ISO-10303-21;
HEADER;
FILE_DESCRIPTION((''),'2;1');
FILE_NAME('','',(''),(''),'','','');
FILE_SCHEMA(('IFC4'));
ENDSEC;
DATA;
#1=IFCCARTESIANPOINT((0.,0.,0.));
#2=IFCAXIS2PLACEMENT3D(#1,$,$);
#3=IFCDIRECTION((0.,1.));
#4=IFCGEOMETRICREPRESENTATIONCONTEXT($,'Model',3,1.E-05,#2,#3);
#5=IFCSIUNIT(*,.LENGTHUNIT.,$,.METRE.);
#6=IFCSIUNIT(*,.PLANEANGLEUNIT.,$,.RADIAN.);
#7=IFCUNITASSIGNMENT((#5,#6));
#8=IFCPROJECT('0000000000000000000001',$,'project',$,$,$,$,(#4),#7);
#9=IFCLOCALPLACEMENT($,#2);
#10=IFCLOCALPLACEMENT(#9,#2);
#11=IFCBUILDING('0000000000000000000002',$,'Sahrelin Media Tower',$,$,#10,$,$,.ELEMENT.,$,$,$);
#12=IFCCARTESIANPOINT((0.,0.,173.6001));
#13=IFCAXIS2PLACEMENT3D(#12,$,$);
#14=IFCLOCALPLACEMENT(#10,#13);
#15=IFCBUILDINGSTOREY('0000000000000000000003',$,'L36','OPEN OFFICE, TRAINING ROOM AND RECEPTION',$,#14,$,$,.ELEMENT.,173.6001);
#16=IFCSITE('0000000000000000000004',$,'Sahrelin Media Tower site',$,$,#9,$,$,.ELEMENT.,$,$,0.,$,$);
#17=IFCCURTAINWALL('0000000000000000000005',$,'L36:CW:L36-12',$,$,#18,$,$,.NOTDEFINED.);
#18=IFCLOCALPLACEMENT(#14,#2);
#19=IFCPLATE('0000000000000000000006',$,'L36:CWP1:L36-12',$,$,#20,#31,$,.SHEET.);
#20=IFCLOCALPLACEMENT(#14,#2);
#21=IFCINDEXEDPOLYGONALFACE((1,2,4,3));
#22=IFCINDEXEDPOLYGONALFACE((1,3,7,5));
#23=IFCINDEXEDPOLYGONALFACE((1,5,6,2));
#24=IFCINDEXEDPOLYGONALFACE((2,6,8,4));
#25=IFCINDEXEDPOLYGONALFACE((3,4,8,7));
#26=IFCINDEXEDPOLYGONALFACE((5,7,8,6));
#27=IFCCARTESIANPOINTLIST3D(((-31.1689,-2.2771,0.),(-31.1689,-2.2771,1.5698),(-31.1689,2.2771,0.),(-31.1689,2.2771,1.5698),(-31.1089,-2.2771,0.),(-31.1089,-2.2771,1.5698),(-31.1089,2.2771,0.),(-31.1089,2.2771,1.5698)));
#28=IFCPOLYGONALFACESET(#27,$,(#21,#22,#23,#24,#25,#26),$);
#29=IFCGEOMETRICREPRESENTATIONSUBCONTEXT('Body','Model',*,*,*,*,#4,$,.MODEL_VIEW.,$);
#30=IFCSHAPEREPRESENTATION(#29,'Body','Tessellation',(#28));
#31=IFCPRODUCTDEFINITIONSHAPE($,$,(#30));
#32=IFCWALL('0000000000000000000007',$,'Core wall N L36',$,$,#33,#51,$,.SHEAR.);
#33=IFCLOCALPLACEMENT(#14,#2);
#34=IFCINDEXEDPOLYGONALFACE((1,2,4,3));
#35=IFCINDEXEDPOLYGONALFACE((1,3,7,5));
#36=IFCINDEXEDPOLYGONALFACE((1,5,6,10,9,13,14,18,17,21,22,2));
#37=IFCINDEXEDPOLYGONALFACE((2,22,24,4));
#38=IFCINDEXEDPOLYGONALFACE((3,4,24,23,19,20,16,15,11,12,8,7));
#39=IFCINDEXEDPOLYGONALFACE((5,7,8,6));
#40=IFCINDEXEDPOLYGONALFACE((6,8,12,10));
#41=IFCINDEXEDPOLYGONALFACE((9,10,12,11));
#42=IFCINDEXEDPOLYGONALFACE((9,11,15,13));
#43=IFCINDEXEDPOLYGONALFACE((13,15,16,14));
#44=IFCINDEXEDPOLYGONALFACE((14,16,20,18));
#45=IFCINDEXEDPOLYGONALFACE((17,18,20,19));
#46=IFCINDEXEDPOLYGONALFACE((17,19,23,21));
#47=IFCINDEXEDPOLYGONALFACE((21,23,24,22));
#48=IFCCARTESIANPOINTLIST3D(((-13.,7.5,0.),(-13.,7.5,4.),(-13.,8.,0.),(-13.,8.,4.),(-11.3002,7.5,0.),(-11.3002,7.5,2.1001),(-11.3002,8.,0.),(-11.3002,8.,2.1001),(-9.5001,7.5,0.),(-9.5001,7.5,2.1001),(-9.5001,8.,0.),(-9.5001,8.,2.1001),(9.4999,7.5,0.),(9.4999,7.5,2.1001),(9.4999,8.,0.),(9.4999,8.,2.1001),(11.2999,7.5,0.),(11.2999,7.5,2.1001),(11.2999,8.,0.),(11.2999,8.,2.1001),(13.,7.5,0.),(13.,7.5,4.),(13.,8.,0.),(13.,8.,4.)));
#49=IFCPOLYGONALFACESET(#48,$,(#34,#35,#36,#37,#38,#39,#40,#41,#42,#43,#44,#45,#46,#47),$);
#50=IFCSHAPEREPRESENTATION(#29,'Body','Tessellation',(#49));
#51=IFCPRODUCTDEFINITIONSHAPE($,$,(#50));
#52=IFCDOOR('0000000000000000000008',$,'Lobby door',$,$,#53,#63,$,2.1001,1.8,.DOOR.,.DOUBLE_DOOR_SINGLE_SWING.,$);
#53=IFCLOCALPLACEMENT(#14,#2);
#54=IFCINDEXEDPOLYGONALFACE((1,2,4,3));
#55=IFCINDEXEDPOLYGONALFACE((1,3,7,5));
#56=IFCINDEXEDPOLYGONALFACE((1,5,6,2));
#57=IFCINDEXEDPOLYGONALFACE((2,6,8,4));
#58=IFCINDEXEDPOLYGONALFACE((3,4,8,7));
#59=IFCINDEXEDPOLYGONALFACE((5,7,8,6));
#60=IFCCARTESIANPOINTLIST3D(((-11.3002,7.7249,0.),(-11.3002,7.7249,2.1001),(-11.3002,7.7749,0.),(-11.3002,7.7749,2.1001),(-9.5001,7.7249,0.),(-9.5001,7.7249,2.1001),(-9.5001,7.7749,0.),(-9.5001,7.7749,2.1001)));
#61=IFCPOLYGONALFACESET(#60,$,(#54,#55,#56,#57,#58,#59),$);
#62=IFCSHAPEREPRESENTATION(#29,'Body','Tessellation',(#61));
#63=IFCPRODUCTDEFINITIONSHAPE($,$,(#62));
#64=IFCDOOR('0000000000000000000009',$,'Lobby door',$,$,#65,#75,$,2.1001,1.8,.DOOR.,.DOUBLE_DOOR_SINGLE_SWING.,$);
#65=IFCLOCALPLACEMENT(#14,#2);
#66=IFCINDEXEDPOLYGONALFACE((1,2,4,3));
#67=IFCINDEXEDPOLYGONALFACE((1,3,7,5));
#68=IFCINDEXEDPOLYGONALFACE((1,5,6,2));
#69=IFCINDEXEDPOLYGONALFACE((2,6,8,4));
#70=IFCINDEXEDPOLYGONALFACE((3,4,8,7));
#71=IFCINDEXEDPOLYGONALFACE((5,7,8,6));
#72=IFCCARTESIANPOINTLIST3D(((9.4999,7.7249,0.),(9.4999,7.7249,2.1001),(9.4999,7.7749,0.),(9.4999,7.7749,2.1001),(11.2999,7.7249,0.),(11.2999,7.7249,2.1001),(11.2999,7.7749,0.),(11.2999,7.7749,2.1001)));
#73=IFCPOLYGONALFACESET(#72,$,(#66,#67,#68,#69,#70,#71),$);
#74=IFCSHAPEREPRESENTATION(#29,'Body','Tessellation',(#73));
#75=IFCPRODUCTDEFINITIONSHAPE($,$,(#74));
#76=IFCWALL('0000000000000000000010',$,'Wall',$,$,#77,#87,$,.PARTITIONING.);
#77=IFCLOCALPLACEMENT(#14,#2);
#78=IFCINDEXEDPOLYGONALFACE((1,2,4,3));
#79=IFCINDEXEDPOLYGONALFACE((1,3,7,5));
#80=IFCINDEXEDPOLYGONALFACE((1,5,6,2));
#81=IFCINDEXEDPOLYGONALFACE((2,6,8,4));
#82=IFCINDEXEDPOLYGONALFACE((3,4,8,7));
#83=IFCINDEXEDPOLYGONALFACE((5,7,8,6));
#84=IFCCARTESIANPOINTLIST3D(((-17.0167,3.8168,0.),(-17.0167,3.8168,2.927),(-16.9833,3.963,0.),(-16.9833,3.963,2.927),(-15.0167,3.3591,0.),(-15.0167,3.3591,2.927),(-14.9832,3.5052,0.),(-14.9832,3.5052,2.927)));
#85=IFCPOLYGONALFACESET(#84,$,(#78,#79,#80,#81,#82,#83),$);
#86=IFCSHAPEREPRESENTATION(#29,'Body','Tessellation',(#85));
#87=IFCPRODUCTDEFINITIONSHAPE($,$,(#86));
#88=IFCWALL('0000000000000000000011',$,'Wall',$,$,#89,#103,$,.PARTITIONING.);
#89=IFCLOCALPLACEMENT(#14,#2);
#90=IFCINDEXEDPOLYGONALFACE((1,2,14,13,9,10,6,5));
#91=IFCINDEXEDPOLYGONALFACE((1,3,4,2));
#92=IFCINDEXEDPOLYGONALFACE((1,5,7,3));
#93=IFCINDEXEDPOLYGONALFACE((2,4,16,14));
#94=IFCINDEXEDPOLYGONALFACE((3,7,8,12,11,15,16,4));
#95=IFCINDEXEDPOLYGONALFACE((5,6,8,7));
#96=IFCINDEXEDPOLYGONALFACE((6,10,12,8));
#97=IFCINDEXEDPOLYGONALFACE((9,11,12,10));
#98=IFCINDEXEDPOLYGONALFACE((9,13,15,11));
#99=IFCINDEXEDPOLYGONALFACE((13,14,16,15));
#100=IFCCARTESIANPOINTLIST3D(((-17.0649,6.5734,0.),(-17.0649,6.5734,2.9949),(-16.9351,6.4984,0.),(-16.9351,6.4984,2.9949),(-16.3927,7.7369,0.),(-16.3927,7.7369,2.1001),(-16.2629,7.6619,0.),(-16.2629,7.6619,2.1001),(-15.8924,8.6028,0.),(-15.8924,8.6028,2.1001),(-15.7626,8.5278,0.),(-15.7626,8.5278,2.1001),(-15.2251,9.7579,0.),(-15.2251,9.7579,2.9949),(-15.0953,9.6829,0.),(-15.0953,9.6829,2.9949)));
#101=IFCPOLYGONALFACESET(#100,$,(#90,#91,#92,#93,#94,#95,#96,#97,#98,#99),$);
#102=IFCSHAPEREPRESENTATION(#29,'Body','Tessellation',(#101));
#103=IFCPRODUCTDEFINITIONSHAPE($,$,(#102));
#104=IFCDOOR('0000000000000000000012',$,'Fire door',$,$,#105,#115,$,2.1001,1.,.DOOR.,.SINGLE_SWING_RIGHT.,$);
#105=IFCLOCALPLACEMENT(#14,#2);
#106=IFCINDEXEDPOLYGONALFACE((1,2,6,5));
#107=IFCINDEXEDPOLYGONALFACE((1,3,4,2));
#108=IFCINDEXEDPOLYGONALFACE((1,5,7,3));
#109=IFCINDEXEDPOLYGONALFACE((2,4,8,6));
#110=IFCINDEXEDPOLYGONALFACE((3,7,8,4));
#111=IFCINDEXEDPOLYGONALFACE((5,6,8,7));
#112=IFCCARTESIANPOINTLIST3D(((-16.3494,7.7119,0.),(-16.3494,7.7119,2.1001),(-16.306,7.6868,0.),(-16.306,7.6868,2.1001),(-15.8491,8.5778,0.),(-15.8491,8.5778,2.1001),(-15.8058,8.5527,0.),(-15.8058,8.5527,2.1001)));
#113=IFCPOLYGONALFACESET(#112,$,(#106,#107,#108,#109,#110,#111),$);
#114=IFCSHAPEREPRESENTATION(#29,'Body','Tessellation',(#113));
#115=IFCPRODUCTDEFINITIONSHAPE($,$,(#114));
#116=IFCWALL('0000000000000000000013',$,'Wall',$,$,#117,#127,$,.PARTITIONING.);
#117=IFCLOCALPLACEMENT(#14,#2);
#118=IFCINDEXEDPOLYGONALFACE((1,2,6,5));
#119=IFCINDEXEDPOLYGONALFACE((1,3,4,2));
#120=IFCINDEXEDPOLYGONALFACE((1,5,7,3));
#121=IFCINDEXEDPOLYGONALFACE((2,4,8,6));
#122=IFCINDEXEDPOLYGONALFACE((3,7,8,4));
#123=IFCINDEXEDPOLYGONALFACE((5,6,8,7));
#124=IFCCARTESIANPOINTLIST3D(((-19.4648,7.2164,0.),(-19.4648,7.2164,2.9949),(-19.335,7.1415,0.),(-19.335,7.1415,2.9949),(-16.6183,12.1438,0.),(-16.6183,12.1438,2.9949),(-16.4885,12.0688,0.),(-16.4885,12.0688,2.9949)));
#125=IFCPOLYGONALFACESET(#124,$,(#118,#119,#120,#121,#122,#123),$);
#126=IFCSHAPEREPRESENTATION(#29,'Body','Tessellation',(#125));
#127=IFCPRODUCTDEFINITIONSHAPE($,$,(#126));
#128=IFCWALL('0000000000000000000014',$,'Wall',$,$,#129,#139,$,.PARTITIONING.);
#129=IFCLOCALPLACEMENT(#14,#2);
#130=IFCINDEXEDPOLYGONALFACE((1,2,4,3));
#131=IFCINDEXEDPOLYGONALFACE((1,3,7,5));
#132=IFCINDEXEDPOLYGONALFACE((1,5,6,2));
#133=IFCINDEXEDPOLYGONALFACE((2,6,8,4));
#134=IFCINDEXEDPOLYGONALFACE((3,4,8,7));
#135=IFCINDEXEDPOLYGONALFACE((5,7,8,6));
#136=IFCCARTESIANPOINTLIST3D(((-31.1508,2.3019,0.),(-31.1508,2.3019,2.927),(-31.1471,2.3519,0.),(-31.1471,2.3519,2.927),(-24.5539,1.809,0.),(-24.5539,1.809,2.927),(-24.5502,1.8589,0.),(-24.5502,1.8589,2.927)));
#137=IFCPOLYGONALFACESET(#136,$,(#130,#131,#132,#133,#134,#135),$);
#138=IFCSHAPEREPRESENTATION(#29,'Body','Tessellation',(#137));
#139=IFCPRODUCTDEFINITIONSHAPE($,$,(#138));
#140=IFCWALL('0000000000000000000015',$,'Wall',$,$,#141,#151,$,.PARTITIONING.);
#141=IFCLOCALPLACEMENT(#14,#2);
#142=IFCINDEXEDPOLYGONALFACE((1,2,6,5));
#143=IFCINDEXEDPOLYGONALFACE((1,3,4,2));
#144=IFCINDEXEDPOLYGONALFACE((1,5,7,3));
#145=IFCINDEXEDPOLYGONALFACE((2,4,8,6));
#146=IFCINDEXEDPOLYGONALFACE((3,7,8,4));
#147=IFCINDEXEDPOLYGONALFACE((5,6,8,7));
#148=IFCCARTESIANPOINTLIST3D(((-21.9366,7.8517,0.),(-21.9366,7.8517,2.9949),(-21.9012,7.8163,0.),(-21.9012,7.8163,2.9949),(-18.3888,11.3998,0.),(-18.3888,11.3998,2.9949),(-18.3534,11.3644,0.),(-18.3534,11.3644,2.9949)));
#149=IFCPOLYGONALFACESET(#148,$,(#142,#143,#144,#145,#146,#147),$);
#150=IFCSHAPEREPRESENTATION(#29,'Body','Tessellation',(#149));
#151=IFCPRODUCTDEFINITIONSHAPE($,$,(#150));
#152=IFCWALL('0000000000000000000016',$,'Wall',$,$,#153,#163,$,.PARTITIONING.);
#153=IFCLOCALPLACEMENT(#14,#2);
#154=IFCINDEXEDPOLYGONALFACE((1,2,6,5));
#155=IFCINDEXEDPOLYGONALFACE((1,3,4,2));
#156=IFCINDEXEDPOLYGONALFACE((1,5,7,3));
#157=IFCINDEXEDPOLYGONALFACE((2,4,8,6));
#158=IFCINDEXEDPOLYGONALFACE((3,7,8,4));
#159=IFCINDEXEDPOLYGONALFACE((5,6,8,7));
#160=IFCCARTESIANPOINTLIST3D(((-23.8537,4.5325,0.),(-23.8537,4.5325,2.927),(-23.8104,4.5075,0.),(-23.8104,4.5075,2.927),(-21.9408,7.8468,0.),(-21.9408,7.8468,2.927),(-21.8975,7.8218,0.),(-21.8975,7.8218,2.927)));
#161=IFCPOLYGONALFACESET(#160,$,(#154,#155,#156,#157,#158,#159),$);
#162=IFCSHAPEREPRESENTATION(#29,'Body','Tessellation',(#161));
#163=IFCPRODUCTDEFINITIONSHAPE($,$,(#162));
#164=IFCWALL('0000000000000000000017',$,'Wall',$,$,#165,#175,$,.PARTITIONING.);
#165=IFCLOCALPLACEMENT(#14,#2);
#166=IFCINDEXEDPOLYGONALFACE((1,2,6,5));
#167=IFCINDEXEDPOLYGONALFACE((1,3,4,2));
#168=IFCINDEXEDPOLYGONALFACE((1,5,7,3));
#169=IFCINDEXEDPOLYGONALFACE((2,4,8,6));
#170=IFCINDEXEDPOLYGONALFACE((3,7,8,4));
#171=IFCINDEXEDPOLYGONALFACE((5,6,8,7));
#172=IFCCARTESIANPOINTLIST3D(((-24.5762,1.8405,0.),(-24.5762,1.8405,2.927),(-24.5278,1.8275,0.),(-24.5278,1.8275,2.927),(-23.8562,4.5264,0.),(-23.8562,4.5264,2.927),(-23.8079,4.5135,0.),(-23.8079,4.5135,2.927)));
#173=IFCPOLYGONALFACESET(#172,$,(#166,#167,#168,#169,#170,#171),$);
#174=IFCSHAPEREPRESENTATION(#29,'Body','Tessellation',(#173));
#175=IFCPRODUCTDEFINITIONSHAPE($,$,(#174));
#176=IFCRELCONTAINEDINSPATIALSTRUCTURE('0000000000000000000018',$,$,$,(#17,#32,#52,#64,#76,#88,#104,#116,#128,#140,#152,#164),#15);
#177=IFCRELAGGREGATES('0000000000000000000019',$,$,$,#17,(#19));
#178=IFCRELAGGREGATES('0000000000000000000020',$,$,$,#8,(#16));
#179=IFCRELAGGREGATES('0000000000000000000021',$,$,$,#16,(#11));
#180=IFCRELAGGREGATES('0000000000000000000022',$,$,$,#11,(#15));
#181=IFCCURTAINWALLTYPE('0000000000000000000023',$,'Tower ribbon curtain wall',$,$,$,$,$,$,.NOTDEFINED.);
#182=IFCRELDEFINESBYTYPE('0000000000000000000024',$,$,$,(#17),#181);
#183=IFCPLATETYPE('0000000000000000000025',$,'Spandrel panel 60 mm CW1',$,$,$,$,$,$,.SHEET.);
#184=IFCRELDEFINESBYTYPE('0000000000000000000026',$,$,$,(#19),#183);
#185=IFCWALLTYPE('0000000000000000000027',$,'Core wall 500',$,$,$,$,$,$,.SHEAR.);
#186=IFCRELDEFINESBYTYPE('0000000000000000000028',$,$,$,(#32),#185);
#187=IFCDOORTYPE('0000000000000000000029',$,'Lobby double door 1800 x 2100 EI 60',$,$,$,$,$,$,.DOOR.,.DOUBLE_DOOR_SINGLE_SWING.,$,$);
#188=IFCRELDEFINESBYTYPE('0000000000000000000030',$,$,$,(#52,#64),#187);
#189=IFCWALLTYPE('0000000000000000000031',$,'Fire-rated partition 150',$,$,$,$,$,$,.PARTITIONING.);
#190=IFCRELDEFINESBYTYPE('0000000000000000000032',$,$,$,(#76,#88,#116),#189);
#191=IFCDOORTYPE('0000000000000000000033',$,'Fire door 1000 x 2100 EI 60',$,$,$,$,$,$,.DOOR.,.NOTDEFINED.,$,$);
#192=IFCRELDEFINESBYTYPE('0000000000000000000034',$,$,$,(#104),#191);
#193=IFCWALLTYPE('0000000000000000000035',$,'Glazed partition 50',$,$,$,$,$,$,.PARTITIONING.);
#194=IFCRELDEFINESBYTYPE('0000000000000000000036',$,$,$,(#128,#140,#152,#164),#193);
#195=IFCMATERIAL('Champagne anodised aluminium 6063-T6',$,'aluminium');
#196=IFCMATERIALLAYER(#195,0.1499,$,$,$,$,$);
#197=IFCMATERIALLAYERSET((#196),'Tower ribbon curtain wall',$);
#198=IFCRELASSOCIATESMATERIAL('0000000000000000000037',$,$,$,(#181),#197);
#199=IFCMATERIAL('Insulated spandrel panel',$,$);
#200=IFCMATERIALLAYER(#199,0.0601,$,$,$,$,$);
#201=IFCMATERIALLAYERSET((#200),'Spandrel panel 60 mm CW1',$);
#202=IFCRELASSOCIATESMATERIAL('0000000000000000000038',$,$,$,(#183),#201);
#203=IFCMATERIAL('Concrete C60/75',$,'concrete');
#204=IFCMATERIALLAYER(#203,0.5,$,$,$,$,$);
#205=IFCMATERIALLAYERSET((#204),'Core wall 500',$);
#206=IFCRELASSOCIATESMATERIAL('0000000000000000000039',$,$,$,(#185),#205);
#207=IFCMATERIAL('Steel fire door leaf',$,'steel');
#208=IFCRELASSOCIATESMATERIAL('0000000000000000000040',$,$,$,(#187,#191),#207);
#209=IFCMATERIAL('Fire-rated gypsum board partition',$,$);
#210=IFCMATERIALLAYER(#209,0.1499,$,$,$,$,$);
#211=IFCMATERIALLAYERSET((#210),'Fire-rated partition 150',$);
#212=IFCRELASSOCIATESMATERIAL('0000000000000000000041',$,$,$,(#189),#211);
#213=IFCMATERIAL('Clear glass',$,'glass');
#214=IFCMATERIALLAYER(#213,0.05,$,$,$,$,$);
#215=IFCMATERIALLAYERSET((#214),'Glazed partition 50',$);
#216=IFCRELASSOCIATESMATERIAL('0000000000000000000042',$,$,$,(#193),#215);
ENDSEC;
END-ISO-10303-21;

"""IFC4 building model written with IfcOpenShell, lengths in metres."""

from ifc_helpers import new_model, si_unit, direction, frame, frame_2d, origin, place, context, subcontext, project, spatial, polyline, rectangle, outline, extrude, material, layer, layer_set, type_object, element, fill, aggregate, save


model = new_model("IFC4")

# Units and contexts
model_context = context("Model", 3, precision=1e-05, world=origin(), true_north=direction((0.0, 1.0)))
body_context = subcontext(model_context, "Body", "Model", "MODEL_VIEW")
ifc_project = project(units=[si_unit("LENGTHUNIT", "METRE"), si_unit("PLANEANGLEUNIT", "RADIAN")], contexts=[model_context])

# Site, building, storey
site_placement = place(None, origin())
site = spatial("IfcSite", under=ifc_project, at=site_placement, Name="Sahrelin Media Tower site", CompositionType="ELEMENT", RefElevation=0.0)
building_placement = place(site_placement, origin())
building = spatial("IfcBuilding", under=site, at=building_placement, Name="Sahrelin Media Tower", CompositionType="ELEMENT")
storey_placement = place(building_placement, frame((0.0, 0.0, 173.6001)))
storey = spatial("IfcBuildingStorey", under=building, at=storey_placement, Name="L36", Description="OPEN OFFICE, TRAINING ROOM AND RECEPTION", CompositionType="ELEMENT", Elevation=173.6001)

# Curtain wall
ifc_material_1 = material(Name="Champagne anodised aluminium 6063-T6", Category="aluminium")
ifc_layer_1 = layer(ifc_material_1, 0.1499)
ifc_layer_set_1 = layer_set([ifc_layer_1], Name="Tower ribbon curtain wall")
curtain_wall_type = type_object("IfcCurtainWallType", Name="Tower ribbon curtain wall", PredefinedType="NOTDEFINED", material=ifc_layer_set_1)
curtain_wall_placement = place(storey_placement, frame((-31.1489, 0.0, 0.0), z_axis=(0.0, 0.0, 1.0), x_axis=(1.0, 0.0, 0.0)))
curtain_wall = element("IfcCurtainWall", 1, at=curtain_wall_placement, inside=storey, type_object=curtain_wall_type, Name="L36:CW:L36-12", PredefinedType="NOTDEFINED")

# Plate
ifc_material_2 = material(Name="Insulated spandrel panel")
ifc_layer_2 = layer(ifc_material_2, 0.0601)
ifc_layer_set_2 = layer_set([ifc_layer_2], Name="Spandrel panel 60 mm CW1")
plate_type_1 = type_object("IfcPlateType", Name="Spandrel panel 60 mm CW1", PredefinedType="SHEET", material=ifc_layer_set_2)
plate_1_placement = place(storey_placement, frame((-31.1689, 2.2771, 0.0), z_axis=(-1.0, 0.0, 0.0), x_axis=(0.0, -1.0, 0.0)))
plate_1 = element("IfcPlate", 2, at=plate_1_placement, type_object=plate_type_1, Name="L36:CWP1:L36-12", PredefinedType="SHEET", context=body_context, shape_type="SweptSolid", body=[
    extrude(outline(polyline([(0.0, 0.0), (4.5542, 0.0), (4.5542, 1.5698), (0.0, 1.5698), (0.0, 0.0)])), origin(), (0.0, 0.0, -1.0), 0.0601),
])
aggregate(curtain_wall, [plate_1])

# Wall, openings, doors
ifc_material_3 = material(Name="Concrete C60/75", Category="concrete")
ifc_layer_3 = layer(ifc_material_3, 0.5)
ifc_layer_set_3 = layer_set([ifc_layer_3], Name="Core wall 500")
wall_type_1 = type_object("IfcWallType", Name="Core wall 500", PredefinedType="SHEAR", material=ifc_layer_set_3)
wall_1_placement = place(storey_placement, frame((-13.0, 7.75, 0.0), z_axis=(0.0, 0.0, 1.0), x_axis=(1.0, 0.0, 0.0)))
wall_1 = element("IfcWall", 3, at=wall_1_placement, inside=storey, type_object=wall_type_1, Name="Core wall N L36", PredefinedType="SHEAR", context=body_context, shape_type="SweptSolid", body=[
    extrude(rectangle(XDim=26.0, YDim=0.5, at=frame_2d((13.0, 0.0))), origin(), (0.0, 0.0, 1.0), 4.0),
])
opening_1_placement = place(wall_1_placement, frame((1.7, 0.0, 0.0)))
opening_1 = element("IfcOpeningElement", 4, at=opening_1_placement, cuts=wall_1, PredefinedType="OPENING", context=body_context, shape_type="SweptSolid", body=[
    extrude(rectangle(XDim=1.8, YDim=2.1001, at=frame_2d((0.8999, 1.05))), frame((0.0, 0.25, 0.0), z_axis=(0.0, -1.0, 0.0), x_axis=(1.0, 0.0, 0.0)), (0.0, 0.0, 1.0), 0.5),
])
opening_2_placement = place(wall_1_placement, frame((22.5, 0.0, 0.0)))
opening_2 = element("IfcOpeningElement", 5, at=opening_2_placement, cuts=wall_1, PredefinedType="OPENING", context=body_context, shape_type="SweptSolid", body=[
    extrude(rectangle(XDim=1.8, YDim=2.1001, at=frame_2d((0.8999, 1.05))), frame((0.0, 0.25, 0.0), z_axis=(0.0, -1.0, 0.0), x_axis=(1.0, 0.0, 0.0)), (0.0, 0.0, 1.0), 0.5),
])
ifc_material_4 = material(Name="Steel fire door leaf", Category="steel")
door_type_1 = type_object("IfcDoorType", Name="Lobby double door 1800 x 2100 EI 60", OperationType="DOUBLE_DOOR_SINGLE_SWING", PredefinedType="DOOR", material=ifc_material_4)
door_1_placement = place(opening_1_placement, origin())
door_1 = element("IfcDoor", 6, at=door_1_placement, inside=storey, type_object=door_type_1, Name="Lobby door", OperationType="DOUBLE_DOOR_SINGLE_SWING", OverallHeight=2.1001, OverallWidth=1.8, PredefinedType="DOOR", context=body_context, shape_type="SweptSolid", body=[
    extrude(rectangle(XDim=1.8, YDim=2.1001, at=frame_2d((0.8999, 1.05))), frame((0.0, 0.0249, 0.0), z_axis=(0.0, -1.0, 0.0), x_axis=(1.0, 0.0, 0.0)), (0.0, 0.0, 1.0), 0.05),
])
fill(opening_1, door_1)
door_2_placement = place(opening_2_placement, origin())
door_2 = element("IfcDoor", 7, at=door_2_placement, inside=storey, type_object=door_type_1, Name="Lobby door", OperationType="DOUBLE_DOOR_SINGLE_SWING", OverallHeight=2.1001, OverallWidth=1.8, PredefinedType="DOOR", context=body_context, shape_type="SweptSolid", body=[
    extrude(rectangle(XDim=1.8, YDim=2.1001, at=frame_2d((0.8999, 1.05))), frame((0.0, 0.0249, 0.0), z_axis=(0.0, -1.0, 0.0), x_axis=(1.0, 0.0, 0.0)), (0.0, 0.0, 1.0), 0.05),
])
fill(opening_2, door_2)

# Wall
ifc_material_5 = material(Name="Fire-rated gypsum board partition")
ifc_layer_4 = layer(ifc_material_5, 0.1499)
ifc_layer_set_4 = layer_set([ifc_layer_4], Name="Fire-rated partition 150")
wall_type_2 = type_object("IfcWallType", Name="Fire-rated partition 150", PredefinedType="PARTITIONING", material=ifc_layer_set_4)
wall_2_placement = place(storey_placement, frame((-17.0, 3.8899, 0.0), z_axis=(0.0, 0.0, 1.0), x_axis=(0.974793, -0.223112, 0.0)))
element("IfcWall", 8, at=wall_2_placement, inside=storey, type_object=wall_type_2, Name="Wall", PredefinedType="PARTITIONING", context=body_context, shape_type="SweptSolid", body=[
    extrude(rectangle(XDim=2.0518, YDim=0.1499, at=frame_2d((1.0259, 0.0))), origin(), (0.0, 0.0, 1.0), 2.927),
])

# Wall, opening, door
wall_3_placement = place(storey_placement, frame((-17.0, 6.5359, 0.0), z_axis=(0.0, 0.0, 1.0), x_axis=(0.500251, 0.86588, 0.0)))
wall_3 = element("IfcWall", 9, at=wall_3_placement, inside=storey, type_object=wall_type_2, Name="Wall", PredefinedType="PARTITIONING", context=body_context, shape_type="SweptSolid", body=[
    extrude(rectangle(XDim=3.6777, YDim=0.1499, at=frame_2d((1.8389, 0.0))), origin(), (0.0, 0.0, 1.0), 2.9949),
])
opening_3_placement = place(wall_3_placement, frame((1.3438, 0.0, 0.0)))
opening_3 = element("IfcOpeningElement", 10, at=opening_3_placement, cuts=wall_3, PredefinedType="OPENING", context=body_context, shape_type="SweptSolid", body=[
    extrude(rectangle(XDim=1.0, YDim=2.1001, at=frame_2d((0.5, 1.05))), frame((0.0, 0.075, 0.0), z_axis=(0.0, -1.0, 0.0), x_axis=(1.0, 0.0, 0.0)), (0.0, 0.0, 1.0), 0.1499),
])
door_type_2 = type_object("IfcDoorType", Name="Fire door 1000 x 2100 EI 60", OperationType="NOTDEFINED", PredefinedType="DOOR", material=ifc_material_4)
door_3_placement = place(opening_3_placement, origin())
door_3 = element("IfcDoor", 11, at=door_3_placement, inside=storey, type_object=door_type_2, Name="Fire door", OperationType="SINGLE_SWING_RIGHT", OverallHeight=2.1001, OverallWidth=1.0, PredefinedType="DOOR", context=body_context, shape_type="SweptSolid", body=[
    extrude(rectangle(XDim=1.0, YDim=2.1001, at=frame_2d((0.5, 1.05))), frame((0.0, 0.0249, 0.0), z_axis=(0.0, -1.0, 0.0), x_axis=(1.0, 0.0, 0.0)), (0.0, 0.0, 1.0), 0.05),
])
fill(opening_3, door_3)

# Walls
wall_4_placement = place(storey_placement, frame((-19.3999, 7.179, 0.0), z_axis=(0.0, 0.0, 1.0), x_axis=(0.500223, 0.865897, 0.0)))
element("IfcWall", 12, at=wall_4_placement, inside=storey, type_object=wall_type_2, Name="Wall", PredefinedType="PARTITIONING", context=body_context, shape_type="SweptSolid", body=[
    extrude(rectangle(XDim=5.6904, YDim=0.1499, at=frame_2d((2.8452, 0.0))), origin(), (0.0, 0.0, 1.0), 2.9949),
])
ifc_material_6 = material(Name="Clear glass", Category="glass")
ifc_layer_5 = layer(ifc_material_6, 0.05)
ifc_layer_set_5 = layer_set([ifc_layer_5], Name="Glazed partition 50")
wall_type_3 = type_object("IfcWallType", Name="Glazed partition 50", PredefinedType="PARTITIONING", material=ifc_layer_set_5)
wall_5_placement = place(storey_placement, frame((-31.1489, 2.3269, 0.0), z_axis=(0.0, 0.0, 1.0), x_axis=(0.99722, -0.074512, 0.0)))
element("IfcWall", 13, at=wall_5_placement, inside=storey, type_object=wall_type_3, Name="Wall", PredefinedType="PARTITIONING", context=body_context, shape_type="SweptSolid", body=[
    extrude(rectangle(XDim=6.6152, YDim=0.05, at=frame_2d((3.3076, 0.0))), origin(), (0.0, 0.0, 1.0), 2.927),
])
wall_6_placement = place(storey_placement, frame((-21.9189, 7.834, 0.0), z_axis=(0.0, 0.0, 1.0), x_axis=(0.707082, 0.707131, 0.0)))
element("IfcWall", 14, at=wall_6_placement, inside=storey, type_object=wall_type_3, Name="Wall", PredefinedType="PARTITIONING", context=body_context, shape_type="SweptSolid", body=[
    extrude(rectangle(XDim=5.0176, YDim=0.05, at=frame_2d((2.5088, 0.0))), origin(), (0.0, 0.0, 1.0), 2.9949),
])
wall_7_placement = place(storey_placement, frame((-23.832, 4.52, 0.0), z_axis=(0.0, 0.0, 1.0), x_axis=(0.499879, 0.866095, 0.0)))
element("IfcWall", 15, at=wall_7_placement, inside=storey, type_object=wall_type_3, Name="Wall", PredefinedType="PARTITIONING", context=body_context, shape_type="SweptSolid", body=[
    extrude(rectangle(XDim=3.8267, YDim=0.05, at=frame_2d((1.9133, 0.0))), origin(), (0.0, 0.0, 1.0), 2.927),
])
wall_8_placement = place(storey_placement, frame((-24.552, 1.834, 0.0), z_axis=(0.0, 0.0, 1.0), x_axis=(0.258903, 0.965903, 0.0)))
element("IfcWall", 16, at=wall_8_placement, inside=storey, type_object=wall_type_3, Name="Wall", PredefinedType="PARTITIONING", context=body_context, shape_type="SweptSolid", body=[
    extrude(rectangle(XDim=2.7808, YDim=0.05, at=frame_2d((1.3904, 0.0))), origin(), (0.0, 0.0, 1.0), 2.927),
])

save(model, "model.ifc")
